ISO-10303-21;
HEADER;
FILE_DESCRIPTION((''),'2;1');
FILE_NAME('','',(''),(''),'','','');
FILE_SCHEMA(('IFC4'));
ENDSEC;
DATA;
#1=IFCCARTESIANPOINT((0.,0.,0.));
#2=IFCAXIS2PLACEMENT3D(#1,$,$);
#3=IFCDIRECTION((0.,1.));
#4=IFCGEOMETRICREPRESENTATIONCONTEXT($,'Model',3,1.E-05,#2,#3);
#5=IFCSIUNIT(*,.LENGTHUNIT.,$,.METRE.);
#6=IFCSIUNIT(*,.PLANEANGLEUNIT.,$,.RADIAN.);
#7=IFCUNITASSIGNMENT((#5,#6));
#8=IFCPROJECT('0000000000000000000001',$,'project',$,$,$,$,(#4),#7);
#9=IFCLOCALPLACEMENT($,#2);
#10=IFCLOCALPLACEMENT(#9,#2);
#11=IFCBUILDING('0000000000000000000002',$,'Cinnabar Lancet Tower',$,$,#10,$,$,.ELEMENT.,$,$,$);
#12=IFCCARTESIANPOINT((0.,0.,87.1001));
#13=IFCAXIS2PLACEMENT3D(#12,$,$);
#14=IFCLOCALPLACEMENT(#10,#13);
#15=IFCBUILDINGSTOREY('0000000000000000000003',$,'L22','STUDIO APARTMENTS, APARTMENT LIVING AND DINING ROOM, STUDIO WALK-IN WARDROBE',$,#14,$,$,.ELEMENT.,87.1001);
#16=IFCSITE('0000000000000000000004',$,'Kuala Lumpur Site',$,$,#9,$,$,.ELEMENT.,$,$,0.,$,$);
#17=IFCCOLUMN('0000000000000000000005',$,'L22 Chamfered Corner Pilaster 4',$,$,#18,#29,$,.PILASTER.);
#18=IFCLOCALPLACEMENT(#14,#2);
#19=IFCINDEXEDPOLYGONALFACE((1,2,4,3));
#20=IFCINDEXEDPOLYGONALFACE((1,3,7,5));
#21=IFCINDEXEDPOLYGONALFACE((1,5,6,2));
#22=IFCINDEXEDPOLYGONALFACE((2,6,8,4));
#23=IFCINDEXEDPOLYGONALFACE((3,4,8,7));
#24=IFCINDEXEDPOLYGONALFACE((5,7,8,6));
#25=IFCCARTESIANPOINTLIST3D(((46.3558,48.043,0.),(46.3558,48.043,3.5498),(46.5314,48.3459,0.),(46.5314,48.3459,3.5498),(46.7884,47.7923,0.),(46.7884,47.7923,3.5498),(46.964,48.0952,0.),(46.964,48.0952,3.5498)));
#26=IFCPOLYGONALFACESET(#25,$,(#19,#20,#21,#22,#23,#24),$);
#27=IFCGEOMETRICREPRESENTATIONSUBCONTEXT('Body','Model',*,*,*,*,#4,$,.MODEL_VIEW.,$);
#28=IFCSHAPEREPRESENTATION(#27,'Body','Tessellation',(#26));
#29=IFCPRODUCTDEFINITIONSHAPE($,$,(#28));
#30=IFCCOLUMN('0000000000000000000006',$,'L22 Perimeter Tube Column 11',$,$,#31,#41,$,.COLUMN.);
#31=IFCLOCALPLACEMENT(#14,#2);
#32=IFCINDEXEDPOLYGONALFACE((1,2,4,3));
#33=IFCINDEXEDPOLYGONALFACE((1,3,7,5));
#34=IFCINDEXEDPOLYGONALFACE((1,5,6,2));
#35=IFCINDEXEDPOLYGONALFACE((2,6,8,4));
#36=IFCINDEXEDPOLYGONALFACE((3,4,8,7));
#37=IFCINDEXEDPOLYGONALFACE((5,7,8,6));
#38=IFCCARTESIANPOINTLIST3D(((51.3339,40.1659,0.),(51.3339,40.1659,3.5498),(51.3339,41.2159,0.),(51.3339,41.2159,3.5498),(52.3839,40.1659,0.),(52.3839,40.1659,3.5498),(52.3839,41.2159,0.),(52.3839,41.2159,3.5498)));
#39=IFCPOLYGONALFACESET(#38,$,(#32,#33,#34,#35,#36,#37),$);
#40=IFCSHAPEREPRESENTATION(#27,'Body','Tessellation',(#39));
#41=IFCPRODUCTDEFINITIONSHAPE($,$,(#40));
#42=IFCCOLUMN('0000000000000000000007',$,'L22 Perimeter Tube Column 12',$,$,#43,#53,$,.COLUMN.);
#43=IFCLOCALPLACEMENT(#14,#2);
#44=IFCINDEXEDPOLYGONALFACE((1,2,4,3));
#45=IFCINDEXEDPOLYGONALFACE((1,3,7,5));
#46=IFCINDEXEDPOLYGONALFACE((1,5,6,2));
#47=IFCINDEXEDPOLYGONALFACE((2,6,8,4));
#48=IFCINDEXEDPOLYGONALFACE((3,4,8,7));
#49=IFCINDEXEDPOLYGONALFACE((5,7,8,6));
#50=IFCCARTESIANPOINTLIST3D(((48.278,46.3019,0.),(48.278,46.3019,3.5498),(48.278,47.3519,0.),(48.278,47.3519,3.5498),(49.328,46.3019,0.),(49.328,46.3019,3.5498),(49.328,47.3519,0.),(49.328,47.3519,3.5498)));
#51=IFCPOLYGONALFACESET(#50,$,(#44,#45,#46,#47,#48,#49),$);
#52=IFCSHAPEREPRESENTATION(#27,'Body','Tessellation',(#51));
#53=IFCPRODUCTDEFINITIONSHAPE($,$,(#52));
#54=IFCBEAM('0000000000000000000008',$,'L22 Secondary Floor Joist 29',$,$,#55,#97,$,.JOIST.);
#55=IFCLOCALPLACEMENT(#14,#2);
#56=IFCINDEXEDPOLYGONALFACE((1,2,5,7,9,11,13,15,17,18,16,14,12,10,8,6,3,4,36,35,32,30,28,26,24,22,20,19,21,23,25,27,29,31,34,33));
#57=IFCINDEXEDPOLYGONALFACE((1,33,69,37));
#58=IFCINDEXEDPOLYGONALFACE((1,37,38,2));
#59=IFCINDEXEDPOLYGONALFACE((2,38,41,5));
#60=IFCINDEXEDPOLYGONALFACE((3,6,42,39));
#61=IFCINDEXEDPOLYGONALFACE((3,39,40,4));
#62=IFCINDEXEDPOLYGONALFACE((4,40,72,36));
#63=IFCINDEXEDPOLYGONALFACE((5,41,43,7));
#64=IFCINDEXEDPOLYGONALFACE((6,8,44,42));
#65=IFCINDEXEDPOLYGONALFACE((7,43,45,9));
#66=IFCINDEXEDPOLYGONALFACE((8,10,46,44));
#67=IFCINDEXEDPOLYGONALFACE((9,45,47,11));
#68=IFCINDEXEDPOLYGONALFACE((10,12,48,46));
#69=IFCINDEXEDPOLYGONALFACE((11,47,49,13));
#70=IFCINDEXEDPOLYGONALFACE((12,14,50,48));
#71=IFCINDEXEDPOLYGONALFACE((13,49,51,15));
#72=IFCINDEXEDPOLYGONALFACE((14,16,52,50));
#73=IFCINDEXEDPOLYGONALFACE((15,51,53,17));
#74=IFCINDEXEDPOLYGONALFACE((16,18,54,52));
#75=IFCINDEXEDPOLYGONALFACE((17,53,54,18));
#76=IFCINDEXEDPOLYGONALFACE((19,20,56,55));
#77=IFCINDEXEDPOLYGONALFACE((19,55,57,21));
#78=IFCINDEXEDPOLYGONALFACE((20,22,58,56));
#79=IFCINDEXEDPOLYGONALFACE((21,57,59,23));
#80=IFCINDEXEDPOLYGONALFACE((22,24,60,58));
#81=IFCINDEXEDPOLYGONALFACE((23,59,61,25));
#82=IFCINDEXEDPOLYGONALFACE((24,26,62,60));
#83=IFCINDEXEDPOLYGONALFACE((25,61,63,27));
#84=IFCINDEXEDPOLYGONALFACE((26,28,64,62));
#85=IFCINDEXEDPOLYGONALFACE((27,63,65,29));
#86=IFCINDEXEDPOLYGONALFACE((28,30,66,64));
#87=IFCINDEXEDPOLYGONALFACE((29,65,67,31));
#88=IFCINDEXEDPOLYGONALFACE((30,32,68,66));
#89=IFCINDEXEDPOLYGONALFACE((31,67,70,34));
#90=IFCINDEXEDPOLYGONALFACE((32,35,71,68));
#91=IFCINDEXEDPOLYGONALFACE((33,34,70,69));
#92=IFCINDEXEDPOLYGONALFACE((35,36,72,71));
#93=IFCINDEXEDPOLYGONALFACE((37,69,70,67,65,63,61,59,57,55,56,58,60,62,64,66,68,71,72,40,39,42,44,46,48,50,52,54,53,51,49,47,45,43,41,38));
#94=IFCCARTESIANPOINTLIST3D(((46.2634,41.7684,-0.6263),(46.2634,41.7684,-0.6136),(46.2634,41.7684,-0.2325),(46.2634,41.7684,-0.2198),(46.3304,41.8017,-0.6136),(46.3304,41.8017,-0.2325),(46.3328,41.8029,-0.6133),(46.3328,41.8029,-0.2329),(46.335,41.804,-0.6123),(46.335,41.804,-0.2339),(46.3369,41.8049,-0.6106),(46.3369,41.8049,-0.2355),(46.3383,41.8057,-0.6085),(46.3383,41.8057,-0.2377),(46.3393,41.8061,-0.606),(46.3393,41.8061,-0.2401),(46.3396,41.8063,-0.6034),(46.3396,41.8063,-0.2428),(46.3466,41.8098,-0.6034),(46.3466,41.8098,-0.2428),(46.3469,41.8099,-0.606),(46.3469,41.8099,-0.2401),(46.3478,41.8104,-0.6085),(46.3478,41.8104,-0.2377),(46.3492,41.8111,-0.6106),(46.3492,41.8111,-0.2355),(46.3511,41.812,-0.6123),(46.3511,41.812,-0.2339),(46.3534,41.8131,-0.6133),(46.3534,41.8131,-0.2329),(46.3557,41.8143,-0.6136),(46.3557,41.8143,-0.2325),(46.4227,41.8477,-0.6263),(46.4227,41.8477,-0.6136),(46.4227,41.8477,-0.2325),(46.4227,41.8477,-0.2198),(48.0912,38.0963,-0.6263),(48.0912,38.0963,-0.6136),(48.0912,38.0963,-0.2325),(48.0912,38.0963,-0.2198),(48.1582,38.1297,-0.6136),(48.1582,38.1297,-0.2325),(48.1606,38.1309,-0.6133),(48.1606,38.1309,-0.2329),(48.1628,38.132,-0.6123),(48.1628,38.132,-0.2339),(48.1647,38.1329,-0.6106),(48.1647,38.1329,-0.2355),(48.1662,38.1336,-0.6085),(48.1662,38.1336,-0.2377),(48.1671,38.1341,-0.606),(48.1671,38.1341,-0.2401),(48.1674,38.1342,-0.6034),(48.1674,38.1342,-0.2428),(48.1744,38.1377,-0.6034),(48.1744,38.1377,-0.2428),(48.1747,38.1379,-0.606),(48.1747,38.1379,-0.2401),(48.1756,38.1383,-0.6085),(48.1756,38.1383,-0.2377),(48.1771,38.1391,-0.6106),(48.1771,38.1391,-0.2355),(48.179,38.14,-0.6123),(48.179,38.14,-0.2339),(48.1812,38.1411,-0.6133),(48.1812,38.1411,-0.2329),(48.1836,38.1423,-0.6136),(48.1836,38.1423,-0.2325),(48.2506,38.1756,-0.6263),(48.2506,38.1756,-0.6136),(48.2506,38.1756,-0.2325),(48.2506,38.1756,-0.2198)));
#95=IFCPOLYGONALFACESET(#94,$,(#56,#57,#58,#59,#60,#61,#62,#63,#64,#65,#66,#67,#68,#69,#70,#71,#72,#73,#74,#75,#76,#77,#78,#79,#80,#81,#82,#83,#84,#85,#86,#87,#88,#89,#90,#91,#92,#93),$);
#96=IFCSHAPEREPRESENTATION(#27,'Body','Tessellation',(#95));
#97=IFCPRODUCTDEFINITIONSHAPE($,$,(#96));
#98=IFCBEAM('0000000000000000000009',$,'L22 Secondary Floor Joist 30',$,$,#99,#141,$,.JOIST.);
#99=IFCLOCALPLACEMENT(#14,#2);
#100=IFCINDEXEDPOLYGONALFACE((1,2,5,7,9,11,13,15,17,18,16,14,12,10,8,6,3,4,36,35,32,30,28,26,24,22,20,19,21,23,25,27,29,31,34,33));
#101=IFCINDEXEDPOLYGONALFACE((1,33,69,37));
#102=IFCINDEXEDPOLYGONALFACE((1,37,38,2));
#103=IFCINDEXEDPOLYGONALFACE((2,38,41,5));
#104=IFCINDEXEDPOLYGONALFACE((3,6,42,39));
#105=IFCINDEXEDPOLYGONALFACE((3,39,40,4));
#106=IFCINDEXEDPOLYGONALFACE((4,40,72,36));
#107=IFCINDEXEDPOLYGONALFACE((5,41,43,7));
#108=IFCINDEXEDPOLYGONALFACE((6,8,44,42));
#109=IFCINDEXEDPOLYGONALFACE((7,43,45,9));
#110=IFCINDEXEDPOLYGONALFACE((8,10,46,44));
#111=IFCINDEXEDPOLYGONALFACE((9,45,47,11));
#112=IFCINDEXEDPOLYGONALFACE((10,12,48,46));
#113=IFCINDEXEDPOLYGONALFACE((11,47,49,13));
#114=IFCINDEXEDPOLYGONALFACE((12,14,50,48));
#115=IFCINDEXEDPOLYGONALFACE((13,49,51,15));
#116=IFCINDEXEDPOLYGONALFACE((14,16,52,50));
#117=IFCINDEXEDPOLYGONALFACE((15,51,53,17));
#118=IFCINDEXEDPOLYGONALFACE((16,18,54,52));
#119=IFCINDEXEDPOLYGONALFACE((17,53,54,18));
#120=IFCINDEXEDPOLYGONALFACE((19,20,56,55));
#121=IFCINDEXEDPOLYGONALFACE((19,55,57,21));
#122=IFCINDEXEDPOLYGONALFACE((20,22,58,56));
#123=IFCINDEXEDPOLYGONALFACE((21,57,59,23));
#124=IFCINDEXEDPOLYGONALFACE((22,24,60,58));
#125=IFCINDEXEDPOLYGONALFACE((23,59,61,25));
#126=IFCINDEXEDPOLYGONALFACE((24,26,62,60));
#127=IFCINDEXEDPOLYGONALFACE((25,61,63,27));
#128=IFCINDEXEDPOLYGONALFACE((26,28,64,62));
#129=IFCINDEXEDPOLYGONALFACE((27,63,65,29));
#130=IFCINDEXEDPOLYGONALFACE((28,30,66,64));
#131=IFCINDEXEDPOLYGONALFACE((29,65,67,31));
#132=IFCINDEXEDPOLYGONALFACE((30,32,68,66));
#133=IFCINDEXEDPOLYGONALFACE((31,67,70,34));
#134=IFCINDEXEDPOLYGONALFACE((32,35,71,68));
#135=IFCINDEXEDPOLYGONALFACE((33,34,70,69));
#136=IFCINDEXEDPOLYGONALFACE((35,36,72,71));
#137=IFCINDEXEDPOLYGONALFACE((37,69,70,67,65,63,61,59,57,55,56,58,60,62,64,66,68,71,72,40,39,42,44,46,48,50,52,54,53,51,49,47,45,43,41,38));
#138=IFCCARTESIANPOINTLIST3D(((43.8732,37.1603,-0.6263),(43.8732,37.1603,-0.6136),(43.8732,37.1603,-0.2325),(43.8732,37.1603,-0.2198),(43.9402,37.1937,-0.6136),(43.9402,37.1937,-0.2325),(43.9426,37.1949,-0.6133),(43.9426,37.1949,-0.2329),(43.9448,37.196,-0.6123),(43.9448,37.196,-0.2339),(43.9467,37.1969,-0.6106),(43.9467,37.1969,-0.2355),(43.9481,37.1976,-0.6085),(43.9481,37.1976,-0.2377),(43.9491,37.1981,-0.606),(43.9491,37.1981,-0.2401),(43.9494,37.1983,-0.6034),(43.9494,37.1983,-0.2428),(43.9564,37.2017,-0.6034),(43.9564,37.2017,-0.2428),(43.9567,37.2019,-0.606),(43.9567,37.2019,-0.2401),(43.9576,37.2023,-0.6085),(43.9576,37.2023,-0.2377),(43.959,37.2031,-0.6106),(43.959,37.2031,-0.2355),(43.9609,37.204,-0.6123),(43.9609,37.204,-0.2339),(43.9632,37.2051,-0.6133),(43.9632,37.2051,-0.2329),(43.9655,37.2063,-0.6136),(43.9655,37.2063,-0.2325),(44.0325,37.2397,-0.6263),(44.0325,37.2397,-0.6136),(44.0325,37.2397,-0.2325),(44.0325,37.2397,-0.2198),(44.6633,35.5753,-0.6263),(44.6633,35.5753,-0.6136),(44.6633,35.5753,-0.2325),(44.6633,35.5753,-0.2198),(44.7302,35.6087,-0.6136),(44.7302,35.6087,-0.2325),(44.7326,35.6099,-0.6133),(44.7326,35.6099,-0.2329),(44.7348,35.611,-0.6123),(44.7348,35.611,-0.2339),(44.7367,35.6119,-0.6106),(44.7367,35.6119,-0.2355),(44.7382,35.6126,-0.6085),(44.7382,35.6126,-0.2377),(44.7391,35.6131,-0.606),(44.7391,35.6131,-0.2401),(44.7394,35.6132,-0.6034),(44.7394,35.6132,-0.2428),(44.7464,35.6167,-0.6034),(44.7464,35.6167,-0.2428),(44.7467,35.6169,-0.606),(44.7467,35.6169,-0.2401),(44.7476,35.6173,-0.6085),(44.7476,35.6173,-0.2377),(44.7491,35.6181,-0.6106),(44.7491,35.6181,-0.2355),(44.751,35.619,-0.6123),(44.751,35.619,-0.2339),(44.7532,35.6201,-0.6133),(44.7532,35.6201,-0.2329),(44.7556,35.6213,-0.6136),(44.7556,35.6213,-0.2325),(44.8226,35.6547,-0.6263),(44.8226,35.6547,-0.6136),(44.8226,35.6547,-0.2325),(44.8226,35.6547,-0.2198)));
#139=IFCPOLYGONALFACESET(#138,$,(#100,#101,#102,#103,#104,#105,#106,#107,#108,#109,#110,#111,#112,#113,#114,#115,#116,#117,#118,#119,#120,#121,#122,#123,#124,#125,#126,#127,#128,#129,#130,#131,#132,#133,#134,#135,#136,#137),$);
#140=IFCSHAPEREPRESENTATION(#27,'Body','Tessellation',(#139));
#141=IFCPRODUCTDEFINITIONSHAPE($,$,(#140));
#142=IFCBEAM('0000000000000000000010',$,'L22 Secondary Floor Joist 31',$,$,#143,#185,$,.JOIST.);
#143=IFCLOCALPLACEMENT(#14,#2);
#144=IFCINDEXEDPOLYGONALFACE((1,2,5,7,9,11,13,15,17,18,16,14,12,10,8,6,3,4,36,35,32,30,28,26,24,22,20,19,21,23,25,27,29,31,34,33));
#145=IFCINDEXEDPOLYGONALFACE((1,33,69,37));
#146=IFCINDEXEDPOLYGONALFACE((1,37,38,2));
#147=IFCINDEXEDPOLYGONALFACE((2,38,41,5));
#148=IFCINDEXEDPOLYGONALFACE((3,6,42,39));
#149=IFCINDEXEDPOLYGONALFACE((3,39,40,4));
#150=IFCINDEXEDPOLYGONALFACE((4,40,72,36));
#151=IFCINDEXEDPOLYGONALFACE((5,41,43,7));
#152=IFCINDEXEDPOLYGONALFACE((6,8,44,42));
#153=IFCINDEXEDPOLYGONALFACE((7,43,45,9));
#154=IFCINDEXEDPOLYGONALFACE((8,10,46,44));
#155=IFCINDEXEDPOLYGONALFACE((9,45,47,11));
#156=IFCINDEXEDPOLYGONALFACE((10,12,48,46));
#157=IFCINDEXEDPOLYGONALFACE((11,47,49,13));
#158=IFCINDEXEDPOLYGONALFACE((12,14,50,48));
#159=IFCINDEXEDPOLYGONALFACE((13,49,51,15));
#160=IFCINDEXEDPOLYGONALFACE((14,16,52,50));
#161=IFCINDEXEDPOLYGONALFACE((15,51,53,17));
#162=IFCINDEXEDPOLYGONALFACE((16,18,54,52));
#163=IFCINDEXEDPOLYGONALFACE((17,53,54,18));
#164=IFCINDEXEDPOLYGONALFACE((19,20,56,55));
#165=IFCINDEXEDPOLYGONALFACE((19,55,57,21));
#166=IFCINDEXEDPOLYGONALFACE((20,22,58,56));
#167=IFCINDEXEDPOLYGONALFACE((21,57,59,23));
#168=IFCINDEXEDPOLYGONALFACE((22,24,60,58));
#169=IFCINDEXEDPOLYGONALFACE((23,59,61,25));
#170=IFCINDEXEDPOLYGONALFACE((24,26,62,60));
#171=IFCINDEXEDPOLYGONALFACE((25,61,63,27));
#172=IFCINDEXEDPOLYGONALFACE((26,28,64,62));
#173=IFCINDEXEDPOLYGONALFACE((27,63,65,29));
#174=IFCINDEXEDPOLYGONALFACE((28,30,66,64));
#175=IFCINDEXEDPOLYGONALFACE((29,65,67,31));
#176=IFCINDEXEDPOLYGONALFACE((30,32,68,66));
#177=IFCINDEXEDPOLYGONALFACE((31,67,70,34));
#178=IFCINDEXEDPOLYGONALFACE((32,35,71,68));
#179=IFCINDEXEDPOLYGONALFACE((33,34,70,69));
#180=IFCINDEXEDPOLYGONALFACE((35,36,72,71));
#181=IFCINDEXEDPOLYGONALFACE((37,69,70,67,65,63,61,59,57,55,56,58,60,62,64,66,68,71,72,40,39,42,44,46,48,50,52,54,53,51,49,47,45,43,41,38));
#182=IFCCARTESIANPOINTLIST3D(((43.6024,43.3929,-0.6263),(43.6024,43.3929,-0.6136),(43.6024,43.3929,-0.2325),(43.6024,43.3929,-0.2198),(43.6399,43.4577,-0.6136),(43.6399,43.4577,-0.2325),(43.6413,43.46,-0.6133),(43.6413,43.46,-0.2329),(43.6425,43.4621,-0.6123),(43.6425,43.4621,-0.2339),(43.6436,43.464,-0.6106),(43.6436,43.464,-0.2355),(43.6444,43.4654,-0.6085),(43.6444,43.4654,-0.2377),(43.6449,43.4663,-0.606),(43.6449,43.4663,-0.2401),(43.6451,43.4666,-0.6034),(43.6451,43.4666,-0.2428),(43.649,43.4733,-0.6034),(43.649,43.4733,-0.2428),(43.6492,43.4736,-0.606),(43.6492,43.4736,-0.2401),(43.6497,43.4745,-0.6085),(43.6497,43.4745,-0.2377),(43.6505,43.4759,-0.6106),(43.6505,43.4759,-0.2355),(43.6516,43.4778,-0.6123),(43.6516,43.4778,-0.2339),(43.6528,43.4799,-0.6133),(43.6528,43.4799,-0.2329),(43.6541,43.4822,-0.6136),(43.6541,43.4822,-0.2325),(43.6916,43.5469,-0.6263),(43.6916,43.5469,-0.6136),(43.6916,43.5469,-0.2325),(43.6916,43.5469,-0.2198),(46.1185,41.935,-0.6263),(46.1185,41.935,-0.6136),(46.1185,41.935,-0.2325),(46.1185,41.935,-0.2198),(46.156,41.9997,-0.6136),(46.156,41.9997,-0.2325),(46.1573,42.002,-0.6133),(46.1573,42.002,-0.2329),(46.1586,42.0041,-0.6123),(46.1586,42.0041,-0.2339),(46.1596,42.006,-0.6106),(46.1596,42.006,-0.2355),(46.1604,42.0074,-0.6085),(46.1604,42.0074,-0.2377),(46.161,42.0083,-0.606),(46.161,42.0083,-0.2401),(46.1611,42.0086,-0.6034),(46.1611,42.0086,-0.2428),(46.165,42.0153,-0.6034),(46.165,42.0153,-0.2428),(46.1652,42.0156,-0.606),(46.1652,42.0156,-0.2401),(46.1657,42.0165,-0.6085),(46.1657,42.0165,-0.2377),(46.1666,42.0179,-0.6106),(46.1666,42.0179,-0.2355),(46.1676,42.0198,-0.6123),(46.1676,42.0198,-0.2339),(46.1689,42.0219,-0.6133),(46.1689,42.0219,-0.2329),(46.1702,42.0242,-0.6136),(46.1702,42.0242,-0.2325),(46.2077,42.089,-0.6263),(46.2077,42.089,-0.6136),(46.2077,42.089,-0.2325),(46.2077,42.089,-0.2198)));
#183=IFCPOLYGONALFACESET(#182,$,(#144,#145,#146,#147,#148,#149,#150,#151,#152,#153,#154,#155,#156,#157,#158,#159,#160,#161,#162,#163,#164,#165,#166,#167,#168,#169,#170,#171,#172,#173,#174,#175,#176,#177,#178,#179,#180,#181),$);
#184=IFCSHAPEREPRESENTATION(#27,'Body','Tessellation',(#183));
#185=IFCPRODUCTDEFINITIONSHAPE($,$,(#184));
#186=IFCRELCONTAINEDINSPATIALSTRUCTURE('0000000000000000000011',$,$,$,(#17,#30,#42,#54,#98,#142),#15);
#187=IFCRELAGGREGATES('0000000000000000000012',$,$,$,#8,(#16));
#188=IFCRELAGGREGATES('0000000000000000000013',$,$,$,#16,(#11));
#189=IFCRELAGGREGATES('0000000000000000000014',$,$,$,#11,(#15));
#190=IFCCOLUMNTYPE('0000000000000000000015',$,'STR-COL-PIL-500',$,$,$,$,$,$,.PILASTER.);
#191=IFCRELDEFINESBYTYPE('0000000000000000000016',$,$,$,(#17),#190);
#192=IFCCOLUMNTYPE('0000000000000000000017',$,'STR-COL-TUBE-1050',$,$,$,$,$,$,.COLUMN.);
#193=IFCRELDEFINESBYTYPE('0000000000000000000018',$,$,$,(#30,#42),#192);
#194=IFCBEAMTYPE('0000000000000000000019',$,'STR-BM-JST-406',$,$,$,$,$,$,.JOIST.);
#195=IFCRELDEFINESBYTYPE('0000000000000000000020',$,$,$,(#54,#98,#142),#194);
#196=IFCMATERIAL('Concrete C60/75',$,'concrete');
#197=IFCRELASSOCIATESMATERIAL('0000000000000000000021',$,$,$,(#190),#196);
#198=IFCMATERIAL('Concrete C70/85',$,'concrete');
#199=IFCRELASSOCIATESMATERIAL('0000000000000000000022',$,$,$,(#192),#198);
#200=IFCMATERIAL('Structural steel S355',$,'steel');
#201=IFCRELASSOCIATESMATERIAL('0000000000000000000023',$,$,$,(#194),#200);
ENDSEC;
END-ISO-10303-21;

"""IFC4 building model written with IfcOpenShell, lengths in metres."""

from ifc_helpers import new_model, si_unit, direction, frame, origin, origin_2d, place, context, subcontext, project, spatial, rectangle, i_section, extrude, material, material_profile, profile_set, type_object, element, save


model = new_model("IFC4")

# Units and contexts
model_context = context("Model", 3, precision=1e-05, world=origin(), true_north=direction((0.0, 1.0)))
body_context = subcontext(model_context, "Body", "Model", "MODEL_VIEW")
ifc_project = project(units=[si_unit("LENGTHUNIT", "METRE"), si_unit("PLANEANGLEUNIT", "RADIAN")], contexts=[model_context])

# Site, building, storey
site_placement = place(None, origin())
site = spatial("IfcSite", under=ifc_project, at=site_placement, Name="Kuala Lumpur Site", CompositionType="ELEMENT", RefElevation=0.0)
building_placement = place(site_placement, origin())
building = spatial("IfcBuilding", under=site, at=building_placement, Name="Cinnabar Lancet Tower", CompositionType="ELEMENT")
storey_placement = place(building_placement, frame((0.0, 0.0, 87.1001)))
storey = spatial("IfcBuildingStorey", under=building, at=storey_placement, Name="L22", Description="STUDIO APARTMENTS, APARTMENT LIVING AND DINING ROOM, STUDIO WALK-IN WARDROBE", CompositionType="ELEMENT", Elevation=87.1001)

# Columns
ifc_material_1 = material(Name="Concrete C60/75", Category="concrete")
ifc_material_profile_1 = material_profile(ifc_material_1, rectangle(XDim=0.5, YDim=0.3501, at=origin_2d()), Name="RC-PIL 500x350")
ifc_profile_set_1 = profile_set([ifc_material_profile_1], Name="Concrete C60/75")
column_type_1 = type_object("IfcColumnType", Name="STR-COL-PIL-500", PredefinedType="PILASTER", material=ifc_profile_set_1)
column_placement = place(storey_placement, frame((46.6599, 48.0691, 0.0), z_axis=(0.0, 0.0, 1.0), x_axis=(-0.865195, 0.501435, 0.0)))
element("IfcColumn", 1, at=column_placement, inside=storey, type_object=column_type_1, Name="L22 Chamfered Corner Pilaster 4", PredefinedType="PILASTER", context=body_context, shape_type="SweptSolid", body=[
    extrude(rectangle(XDim=0.5, YDim=0.3501, at=origin_2d()), origin(), (0.0, 0.0, 1.0), 3.5498),
])
ifc_material_2 = material(Name="Concrete C70/85", Category="concrete")
ifc_material_profile_2 = material_profile(ifc_material_2, rectangle(XDim=1.05, YDim=1.05, at=origin_2d()), Name="RC-COL 1050x1050")
ifc_profile_set_2 = profile_set([ifc_material_profile_2], Name="Concrete C70/85")
column_type_2 = type_object("IfcColumnType", Name="STR-COL-TUBE-1050", PredefinedType="COLUMN", material=ifc_profile_set_2)
for number, where, z_axis, x_axis, name in (
    (2, (51.8589, 40.6909, 0.0), (0.0, 0.0, 1.0), (1.0, 0.0, 0.0), "L22 Perimeter Tube Column 11"),
    (3, (48.803, 46.8269, 0.0), (0.0, 0.0, 1.0), (1.0, 0.0, 0.0), "L22 Perimeter Tube Column 12"),
):
    element("IfcColumn", number, at=place(storey_placement, frame(where, z_axis=z_axis, x_axis=x_axis)), inside=storey, type_object=column_type_2, Name=name, PredefinedType="COLUMN", context=body_context, shape_type="SweptSolid", body=[
        extrude(rectangle(XDim=1.05, YDim=1.05, at=origin_2d()), origin(), (0.0, 0.0, 1.0), 3.5498),
    ])

# Beams
ifc_material_3 = material(Name="Structural steel S355", Category="steel")
ifc_material_profile_3 = material_profile(ifc_material_3, i_section(OverallWidth=0.178, OverallDepth=0.4065, WebThickness=0.0078, FlangeThickness=0.0127, FilletRadius=0.0103, at=origin_2d()), Name="UKB 406x178x60")
ifc_profile_set_3 = profile_set([ifc_material_profile_3], Name="Structural steel S355")
beam_type_1 = type_object("IfcBeamType", Name="STR-BM-JST-406", PredefinedType="JOIST", material=ifc_profile_set_3)
beam_1_placement = place(storey_placement, frame((48.1709, 38.136, -0.4231), z_axis=(-0.445618, 0.895223, 0.0), x_axis=(-0.895223, -0.445618, 0.0)))
element("IfcBeam", 4, at=beam_1_placement, inside=storey, type_object=beam_type_1, Name="L22 Secondary Floor Joist 29", PredefinedType="JOIST", context=body_context, shape_type="SweptSolid", body=[
    extrude(i_section(OverallWidth=0.178, OverallDepth=0.4065, WebThickness=0.0078, FlangeThickness=0.0127, FilletRadius=0.0103, at=origin_2d()), origin(), (0.0, 0.0, 1.0), 4.1018),
])
beam_2_placement = place(storey_placement, frame((44.7429, 35.615, -0.4231), z_axis=(-0.44611, 0.894978, 0.0), x_axis=(-0.894978, -0.44611, 0.0)))
element("IfcBeam", 5, at=beam_2_placement, inside=storey, type_object=beam_type_1, Name="L22 Secondary Floor Joist 30", PredefinedType="JOIST", context=body_context, shape_type="SweptSolid", body=[
    extrude(i_section(OverallWidth=0.178, OverallDepth=0.4065, WebThickness=0.0078, FlangeThickness=0.0127, FilletRadius=0.0103, at=origin_2d()), origin(), (0.0, 0.0, 1.0), 1.771),
])
beam_3_placement = place(storey_placement, frame((46.1631, 42.012, -0.4231), z_axis=(-0.865231, 0.501374, 0.0), x_axis=(-0.501374, -0.865231, 0.0)))
element("IfcBeam", 6, at=beam_3_placement, inside=storey, type_object=beam_type_1, Name="L22 Secondary Floor Joist 31", PredefinedType="JOIST", context=body_context, shape_type="SweptSolid", body=[
    extrude(i_section(OverallWidth=0.178, OverallDepth=0.4065, WebThickness=0.0078, FlangeThickness=0.0127, FilletRadius=0.0103, at=origin_2d()), origin(), (0.0, 0.0, 1.0), 2.908),
])

save(model, "model.ifc")
